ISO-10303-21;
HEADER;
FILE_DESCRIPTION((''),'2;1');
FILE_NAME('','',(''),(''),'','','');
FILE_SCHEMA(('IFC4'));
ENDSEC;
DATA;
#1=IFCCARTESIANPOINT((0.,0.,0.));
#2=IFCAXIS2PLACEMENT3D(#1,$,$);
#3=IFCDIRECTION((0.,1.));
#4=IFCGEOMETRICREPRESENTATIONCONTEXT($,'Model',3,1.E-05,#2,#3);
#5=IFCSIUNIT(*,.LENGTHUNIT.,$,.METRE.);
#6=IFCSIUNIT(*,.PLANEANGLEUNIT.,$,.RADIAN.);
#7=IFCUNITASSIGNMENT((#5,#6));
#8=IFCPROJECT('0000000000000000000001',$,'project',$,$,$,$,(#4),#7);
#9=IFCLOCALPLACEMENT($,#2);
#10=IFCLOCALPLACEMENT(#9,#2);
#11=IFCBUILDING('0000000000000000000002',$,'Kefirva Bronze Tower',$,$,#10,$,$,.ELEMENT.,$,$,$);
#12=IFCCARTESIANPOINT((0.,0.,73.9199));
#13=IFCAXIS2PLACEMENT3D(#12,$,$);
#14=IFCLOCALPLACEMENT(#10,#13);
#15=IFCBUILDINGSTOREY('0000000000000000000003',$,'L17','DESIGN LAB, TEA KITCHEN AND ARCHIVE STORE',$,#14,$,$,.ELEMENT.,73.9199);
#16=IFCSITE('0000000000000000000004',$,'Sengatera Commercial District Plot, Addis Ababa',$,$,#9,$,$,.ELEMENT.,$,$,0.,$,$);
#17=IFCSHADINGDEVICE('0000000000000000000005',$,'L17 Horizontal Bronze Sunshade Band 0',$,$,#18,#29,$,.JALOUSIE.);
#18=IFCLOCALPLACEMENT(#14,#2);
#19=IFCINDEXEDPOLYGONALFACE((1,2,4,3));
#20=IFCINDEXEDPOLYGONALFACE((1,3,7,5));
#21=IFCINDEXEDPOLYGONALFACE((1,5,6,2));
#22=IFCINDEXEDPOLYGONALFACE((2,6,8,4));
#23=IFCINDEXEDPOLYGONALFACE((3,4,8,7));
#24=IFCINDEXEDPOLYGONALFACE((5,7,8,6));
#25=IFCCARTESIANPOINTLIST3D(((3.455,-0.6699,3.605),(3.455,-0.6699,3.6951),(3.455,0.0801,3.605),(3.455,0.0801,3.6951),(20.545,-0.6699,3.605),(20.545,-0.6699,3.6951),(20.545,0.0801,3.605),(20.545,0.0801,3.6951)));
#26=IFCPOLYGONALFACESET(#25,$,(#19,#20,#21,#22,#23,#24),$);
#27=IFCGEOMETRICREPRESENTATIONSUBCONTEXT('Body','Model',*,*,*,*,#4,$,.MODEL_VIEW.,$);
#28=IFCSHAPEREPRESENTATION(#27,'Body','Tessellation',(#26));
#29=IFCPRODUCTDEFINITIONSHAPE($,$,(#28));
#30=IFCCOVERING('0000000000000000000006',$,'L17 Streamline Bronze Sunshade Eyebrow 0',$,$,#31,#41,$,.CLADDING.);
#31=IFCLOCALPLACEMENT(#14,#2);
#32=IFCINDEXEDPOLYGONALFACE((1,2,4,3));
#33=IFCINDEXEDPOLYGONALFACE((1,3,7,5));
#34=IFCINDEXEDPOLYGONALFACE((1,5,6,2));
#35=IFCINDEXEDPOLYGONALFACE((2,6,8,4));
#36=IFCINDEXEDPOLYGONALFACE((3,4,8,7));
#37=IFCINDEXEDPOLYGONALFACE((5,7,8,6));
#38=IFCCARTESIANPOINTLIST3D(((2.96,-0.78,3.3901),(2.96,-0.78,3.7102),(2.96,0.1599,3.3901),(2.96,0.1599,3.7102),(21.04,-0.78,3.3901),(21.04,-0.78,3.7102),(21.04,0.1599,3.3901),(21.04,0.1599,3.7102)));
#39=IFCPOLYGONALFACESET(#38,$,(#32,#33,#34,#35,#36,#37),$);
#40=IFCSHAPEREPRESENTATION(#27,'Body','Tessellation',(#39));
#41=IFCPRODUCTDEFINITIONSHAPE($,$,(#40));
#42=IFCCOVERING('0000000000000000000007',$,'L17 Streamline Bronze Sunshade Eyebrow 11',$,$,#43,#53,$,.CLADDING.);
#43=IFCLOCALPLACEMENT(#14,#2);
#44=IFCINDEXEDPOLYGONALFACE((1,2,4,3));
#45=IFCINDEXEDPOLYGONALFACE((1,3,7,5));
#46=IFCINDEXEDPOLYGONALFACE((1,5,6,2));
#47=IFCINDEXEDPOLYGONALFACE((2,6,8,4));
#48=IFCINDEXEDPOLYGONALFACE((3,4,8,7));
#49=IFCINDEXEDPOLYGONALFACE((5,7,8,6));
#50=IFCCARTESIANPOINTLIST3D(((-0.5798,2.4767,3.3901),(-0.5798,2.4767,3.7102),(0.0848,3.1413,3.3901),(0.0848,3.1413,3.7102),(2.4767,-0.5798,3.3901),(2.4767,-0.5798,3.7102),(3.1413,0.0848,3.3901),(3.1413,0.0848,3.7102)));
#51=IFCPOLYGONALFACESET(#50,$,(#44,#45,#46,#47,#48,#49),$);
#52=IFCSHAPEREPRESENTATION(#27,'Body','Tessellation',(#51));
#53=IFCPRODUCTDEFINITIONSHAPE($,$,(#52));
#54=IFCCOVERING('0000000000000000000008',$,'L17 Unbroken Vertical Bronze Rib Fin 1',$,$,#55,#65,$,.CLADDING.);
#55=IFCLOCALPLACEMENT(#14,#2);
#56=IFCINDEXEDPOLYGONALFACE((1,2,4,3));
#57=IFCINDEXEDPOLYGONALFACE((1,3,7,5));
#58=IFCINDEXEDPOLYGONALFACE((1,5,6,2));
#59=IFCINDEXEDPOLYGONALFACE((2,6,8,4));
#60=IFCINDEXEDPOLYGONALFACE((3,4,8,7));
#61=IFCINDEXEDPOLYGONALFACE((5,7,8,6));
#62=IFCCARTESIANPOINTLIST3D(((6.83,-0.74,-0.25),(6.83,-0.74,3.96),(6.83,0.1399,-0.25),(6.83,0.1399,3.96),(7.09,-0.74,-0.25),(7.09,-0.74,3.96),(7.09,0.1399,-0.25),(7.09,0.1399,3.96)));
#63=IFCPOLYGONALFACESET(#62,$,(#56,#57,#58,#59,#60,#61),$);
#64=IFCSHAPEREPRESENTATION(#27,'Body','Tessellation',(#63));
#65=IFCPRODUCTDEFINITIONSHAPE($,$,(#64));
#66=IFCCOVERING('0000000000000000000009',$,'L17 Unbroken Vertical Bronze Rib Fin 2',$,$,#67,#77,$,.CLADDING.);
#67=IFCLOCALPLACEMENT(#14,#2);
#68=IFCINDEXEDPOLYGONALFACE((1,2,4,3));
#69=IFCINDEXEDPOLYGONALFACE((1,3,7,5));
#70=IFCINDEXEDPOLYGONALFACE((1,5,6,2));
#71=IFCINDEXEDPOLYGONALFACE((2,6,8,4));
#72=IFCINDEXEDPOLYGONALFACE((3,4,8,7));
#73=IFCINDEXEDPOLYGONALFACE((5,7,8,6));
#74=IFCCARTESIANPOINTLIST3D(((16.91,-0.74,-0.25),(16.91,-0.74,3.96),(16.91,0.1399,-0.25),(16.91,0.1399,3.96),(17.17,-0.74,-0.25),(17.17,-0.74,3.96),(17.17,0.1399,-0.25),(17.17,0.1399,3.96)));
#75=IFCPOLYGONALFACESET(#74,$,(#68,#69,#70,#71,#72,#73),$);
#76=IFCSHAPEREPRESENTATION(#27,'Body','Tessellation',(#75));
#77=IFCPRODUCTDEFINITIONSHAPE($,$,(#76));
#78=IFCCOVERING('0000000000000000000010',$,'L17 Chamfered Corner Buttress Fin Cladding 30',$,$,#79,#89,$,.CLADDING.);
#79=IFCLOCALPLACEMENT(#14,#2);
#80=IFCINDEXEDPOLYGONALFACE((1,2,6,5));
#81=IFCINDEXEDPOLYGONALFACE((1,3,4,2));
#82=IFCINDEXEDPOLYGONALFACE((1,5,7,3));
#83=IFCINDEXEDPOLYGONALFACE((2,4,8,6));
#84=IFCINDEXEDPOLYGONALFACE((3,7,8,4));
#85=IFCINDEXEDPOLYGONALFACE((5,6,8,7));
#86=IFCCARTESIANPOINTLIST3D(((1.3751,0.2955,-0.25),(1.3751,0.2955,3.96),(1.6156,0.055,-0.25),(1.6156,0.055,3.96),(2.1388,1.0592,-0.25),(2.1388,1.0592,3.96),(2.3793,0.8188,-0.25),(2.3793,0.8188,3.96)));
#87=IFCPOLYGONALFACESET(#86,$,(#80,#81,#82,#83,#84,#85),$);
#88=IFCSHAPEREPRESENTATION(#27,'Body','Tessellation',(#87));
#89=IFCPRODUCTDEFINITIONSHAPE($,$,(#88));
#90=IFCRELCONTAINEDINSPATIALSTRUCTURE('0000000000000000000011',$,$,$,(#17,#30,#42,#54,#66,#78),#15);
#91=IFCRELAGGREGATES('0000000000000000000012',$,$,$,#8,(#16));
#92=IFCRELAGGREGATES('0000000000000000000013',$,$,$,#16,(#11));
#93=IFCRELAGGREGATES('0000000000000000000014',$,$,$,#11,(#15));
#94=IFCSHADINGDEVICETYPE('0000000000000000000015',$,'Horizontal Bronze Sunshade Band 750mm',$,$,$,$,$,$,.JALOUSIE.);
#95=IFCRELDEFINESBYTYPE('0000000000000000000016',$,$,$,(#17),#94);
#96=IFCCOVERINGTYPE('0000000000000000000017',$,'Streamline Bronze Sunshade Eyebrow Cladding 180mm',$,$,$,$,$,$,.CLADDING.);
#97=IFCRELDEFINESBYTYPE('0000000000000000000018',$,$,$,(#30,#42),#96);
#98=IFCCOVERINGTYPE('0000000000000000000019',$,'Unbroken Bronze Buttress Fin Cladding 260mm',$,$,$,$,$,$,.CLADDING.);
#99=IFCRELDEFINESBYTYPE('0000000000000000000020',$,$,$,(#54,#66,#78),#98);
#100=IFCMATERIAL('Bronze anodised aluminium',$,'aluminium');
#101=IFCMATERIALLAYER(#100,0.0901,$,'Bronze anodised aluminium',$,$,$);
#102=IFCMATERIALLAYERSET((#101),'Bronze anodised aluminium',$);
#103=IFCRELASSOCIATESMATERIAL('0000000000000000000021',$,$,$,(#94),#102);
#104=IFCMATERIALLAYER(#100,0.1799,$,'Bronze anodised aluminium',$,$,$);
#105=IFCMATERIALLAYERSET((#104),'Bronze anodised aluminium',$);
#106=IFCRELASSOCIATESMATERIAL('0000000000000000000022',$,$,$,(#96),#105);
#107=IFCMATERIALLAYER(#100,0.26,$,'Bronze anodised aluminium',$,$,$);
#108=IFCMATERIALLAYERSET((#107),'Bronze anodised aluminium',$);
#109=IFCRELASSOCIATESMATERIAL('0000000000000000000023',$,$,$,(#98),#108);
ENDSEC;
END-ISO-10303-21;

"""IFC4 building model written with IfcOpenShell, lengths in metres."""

from ifc_helpers import new_model, si_unit, direction, frame, origin, origin_2d, place, context, subcontext, project, spatial, rectangle, extrude, material, layer, layer_set, type_object, element, save


model = new_model("IFC4")

# Units and contexts
model_context = context("Model", 3, precision=1e-05, world=origin(), true_north=direction((0.0, 1.0)))
body_context = subcontext(model_context, "Body", "Model", "MODEL_VIEW")
ifc_project = project(units=[si_unit("LENGTHUNIT", "METRE"), si_unit("PLANEANGLEUNIT", "RADIAN")], contexts=[model_context])

# Site, building, storey
site_placement = place(None, origin())
site = spatial("IfcSite", under=ifc_project, at=site_placement, Name="Sengatera Commercial District Plot, Addis Ababa", CompositionType="ELEMENT", RefElevation=0.0)
building_placement = place(site_placement, origin())
building = spatial("IfcBuilding", under=site, at=building_placement, Name="Kefirva Bronze Tower", CompositionType="ELEMENT")
storey_placement = place(building_placement, frame((0.0, 0.0, 73.9199)))
storey = spatial("IfcBuildingStorey", under=building, at=storey_placement, Name="L17", Description="DESIGN LAB, TEA KITCHEN AND ARCHIVE STORE", CompositionType="ELEMENT", Elevation=73.9199)

# Shared definitions
ifc_material_1 = material(Name="Bronze anodised aluminium", Category="aluminium")

# Shading device
ifc_layer_1 = layer(ifc_material_1, 0.0901, Name="Bronze anodised aluminium")
ifc_layer_set_1 = layer_set([ifc_layer_1], Name="Bronze anodised aluminium")
shading_device_type = type_object("IfcShadingDeviceType", Name="Horizontal Bronze Sunshade Band 750mm", PredefinedType="JALOUSIE", material=ifc_layer_set_1)
shading_device_placement = place(storey_placement, frame((12.0, -0.2949, 3.605), z_axis=(0.0, 0.0, 1.0), x_axis=(1.0, 0.0, 0.0)))
element("IfcShadingDevice", 1, at=shading_device_placement, inside=storey, type_object=shading_device_type, Name="L17 Horizontal Bronze Sunshade Band 0", PredefinedType="JALOUSIE", context=body_context, shape_type="SweptSolid", body=[
    extrude(rectangle(XDim=17.0901, YDim=0.75, at=origin_2d()), origin(), (0.0, 0.0, 1.0), 0.0901),
])

# Coverings
ifc_layer_2 = layer(ifc_material_1, 0.1799, Name="Bronze anodised aluminium")
ifc_layer_set_2 = layer_set([ifc_layer_2], Name="Bronze anodised aluminium")
covering_type_1 = type_object("IfcCoveringType", Name="Streamline Bronze Sunshade Eyebrow Cladding 180mm", PredefinedType="CLADDING", material=ifc_layer_set_2)
covering_1_placement = place(storey_placement, frame((12.0, -0.3101, 3.3901), z_axis=(0.0, 0.0, 1.0), x_axis=(1.0, 0.0, 0.0)))
element("IfcCovering", 2, at=covering_1_placement, inside=storey, type_object=covering_type_1, Name="L17 Streamline Bronze Sunshade Eyebrow 0", PredefinedType="CLADDING", context=body_context, shape_type="SweptSolid", body=[
    extrude(rectangle(XDim=18.0801, YDim=0.9399, at=origin_2d()), origin(), (0.0, 0.0, 1.0), 0.3201),
])
covering_2_placement = place(storey_placement, frame((1.2808, 1.2808, 3.3901), z_axis=(0.0, 0.0, 1.0), x_axis=(0.707107, -0.707107, 0.0)))
element("IfcCovering", 3, at=covering_2_placement, inside=storey, type_object=covering_type_1, Name="L17 Streamline Bronze Sunshade Eyebrow 11", PredefinedType="CLADDING", context=body_context, shape_type="SweptSolid", body=[
    extrude(rectangle(XDim=4.3225, YDim=0.9399, at=origin_2d()), origin(), (0.0, 0.0, 1.0), 0.3201),
])
ifc_layer_3 = layer(ifc_material_1, 0.26, Name="Bronze anodised aluminium")
ifc_layer_set_3 = layer_set([ifc_layer_3], Name="Bronze anodised aluminium")
covering_type_2 = type_object("IfcCoveringType", Name="Unbroken Bronze Buttress Fin Cladding 260mm", PredefinedType="CLADDING", material=ifc_layer_set_3)
for number, where, z_axis, x_axis, name in (
    (4, (6.96, -0.3, -0.25), (0.0, 0.0, 1.0), (1.0, 0.0, 0.0), "L17 Unbroken Vertical Bronze Rib Fin 1"),
    (5, (17.04, -0.3, -0.25), (0.0, 0.0, 1.0), (1.0, 0.0, 0.0), "L17 Unbroken Vertical Bronze Rib Fin 2"),
):
    element("IfcCovering", number, at=place(storey_placement, frame(where, z_axis=z_axis, x_axis=x_axis)), inside=storey, type_object=covering_type_2, Name=name, PredefinedType="CLADDING", context=body_context, shape_type="SweptSolid", body=[
        extrude(rectangle(XDim=0.26, YDim=0.8799, at=origin_2d()), origin(), (0.0, 0.0, 1.0), 4.21),
    ])
covering_3_placement = place(storey_placement, frame((1.8772, 0.5571, -0.25), z_axis=(0.0, 0.0, 1.0), x_axis=(0.707107, -0.707107, 0.0)))
element("IfcCovering", 6, at=covering_3_placement, inside=storey, type_object=covering_type_2, Name="L17 Chamfered Corner Buttress Fin Cladding 30", PredefinedType="CLADDING", context=body_context, shape_type="SweptSolid", body=[
    extrude(rectangle(XDim=0.3401, YDim=1.0801, at=origin_2d()), origin(), (0.0, 0.0, 1.0), 4.21),
])

save(model, "model.ifc")
